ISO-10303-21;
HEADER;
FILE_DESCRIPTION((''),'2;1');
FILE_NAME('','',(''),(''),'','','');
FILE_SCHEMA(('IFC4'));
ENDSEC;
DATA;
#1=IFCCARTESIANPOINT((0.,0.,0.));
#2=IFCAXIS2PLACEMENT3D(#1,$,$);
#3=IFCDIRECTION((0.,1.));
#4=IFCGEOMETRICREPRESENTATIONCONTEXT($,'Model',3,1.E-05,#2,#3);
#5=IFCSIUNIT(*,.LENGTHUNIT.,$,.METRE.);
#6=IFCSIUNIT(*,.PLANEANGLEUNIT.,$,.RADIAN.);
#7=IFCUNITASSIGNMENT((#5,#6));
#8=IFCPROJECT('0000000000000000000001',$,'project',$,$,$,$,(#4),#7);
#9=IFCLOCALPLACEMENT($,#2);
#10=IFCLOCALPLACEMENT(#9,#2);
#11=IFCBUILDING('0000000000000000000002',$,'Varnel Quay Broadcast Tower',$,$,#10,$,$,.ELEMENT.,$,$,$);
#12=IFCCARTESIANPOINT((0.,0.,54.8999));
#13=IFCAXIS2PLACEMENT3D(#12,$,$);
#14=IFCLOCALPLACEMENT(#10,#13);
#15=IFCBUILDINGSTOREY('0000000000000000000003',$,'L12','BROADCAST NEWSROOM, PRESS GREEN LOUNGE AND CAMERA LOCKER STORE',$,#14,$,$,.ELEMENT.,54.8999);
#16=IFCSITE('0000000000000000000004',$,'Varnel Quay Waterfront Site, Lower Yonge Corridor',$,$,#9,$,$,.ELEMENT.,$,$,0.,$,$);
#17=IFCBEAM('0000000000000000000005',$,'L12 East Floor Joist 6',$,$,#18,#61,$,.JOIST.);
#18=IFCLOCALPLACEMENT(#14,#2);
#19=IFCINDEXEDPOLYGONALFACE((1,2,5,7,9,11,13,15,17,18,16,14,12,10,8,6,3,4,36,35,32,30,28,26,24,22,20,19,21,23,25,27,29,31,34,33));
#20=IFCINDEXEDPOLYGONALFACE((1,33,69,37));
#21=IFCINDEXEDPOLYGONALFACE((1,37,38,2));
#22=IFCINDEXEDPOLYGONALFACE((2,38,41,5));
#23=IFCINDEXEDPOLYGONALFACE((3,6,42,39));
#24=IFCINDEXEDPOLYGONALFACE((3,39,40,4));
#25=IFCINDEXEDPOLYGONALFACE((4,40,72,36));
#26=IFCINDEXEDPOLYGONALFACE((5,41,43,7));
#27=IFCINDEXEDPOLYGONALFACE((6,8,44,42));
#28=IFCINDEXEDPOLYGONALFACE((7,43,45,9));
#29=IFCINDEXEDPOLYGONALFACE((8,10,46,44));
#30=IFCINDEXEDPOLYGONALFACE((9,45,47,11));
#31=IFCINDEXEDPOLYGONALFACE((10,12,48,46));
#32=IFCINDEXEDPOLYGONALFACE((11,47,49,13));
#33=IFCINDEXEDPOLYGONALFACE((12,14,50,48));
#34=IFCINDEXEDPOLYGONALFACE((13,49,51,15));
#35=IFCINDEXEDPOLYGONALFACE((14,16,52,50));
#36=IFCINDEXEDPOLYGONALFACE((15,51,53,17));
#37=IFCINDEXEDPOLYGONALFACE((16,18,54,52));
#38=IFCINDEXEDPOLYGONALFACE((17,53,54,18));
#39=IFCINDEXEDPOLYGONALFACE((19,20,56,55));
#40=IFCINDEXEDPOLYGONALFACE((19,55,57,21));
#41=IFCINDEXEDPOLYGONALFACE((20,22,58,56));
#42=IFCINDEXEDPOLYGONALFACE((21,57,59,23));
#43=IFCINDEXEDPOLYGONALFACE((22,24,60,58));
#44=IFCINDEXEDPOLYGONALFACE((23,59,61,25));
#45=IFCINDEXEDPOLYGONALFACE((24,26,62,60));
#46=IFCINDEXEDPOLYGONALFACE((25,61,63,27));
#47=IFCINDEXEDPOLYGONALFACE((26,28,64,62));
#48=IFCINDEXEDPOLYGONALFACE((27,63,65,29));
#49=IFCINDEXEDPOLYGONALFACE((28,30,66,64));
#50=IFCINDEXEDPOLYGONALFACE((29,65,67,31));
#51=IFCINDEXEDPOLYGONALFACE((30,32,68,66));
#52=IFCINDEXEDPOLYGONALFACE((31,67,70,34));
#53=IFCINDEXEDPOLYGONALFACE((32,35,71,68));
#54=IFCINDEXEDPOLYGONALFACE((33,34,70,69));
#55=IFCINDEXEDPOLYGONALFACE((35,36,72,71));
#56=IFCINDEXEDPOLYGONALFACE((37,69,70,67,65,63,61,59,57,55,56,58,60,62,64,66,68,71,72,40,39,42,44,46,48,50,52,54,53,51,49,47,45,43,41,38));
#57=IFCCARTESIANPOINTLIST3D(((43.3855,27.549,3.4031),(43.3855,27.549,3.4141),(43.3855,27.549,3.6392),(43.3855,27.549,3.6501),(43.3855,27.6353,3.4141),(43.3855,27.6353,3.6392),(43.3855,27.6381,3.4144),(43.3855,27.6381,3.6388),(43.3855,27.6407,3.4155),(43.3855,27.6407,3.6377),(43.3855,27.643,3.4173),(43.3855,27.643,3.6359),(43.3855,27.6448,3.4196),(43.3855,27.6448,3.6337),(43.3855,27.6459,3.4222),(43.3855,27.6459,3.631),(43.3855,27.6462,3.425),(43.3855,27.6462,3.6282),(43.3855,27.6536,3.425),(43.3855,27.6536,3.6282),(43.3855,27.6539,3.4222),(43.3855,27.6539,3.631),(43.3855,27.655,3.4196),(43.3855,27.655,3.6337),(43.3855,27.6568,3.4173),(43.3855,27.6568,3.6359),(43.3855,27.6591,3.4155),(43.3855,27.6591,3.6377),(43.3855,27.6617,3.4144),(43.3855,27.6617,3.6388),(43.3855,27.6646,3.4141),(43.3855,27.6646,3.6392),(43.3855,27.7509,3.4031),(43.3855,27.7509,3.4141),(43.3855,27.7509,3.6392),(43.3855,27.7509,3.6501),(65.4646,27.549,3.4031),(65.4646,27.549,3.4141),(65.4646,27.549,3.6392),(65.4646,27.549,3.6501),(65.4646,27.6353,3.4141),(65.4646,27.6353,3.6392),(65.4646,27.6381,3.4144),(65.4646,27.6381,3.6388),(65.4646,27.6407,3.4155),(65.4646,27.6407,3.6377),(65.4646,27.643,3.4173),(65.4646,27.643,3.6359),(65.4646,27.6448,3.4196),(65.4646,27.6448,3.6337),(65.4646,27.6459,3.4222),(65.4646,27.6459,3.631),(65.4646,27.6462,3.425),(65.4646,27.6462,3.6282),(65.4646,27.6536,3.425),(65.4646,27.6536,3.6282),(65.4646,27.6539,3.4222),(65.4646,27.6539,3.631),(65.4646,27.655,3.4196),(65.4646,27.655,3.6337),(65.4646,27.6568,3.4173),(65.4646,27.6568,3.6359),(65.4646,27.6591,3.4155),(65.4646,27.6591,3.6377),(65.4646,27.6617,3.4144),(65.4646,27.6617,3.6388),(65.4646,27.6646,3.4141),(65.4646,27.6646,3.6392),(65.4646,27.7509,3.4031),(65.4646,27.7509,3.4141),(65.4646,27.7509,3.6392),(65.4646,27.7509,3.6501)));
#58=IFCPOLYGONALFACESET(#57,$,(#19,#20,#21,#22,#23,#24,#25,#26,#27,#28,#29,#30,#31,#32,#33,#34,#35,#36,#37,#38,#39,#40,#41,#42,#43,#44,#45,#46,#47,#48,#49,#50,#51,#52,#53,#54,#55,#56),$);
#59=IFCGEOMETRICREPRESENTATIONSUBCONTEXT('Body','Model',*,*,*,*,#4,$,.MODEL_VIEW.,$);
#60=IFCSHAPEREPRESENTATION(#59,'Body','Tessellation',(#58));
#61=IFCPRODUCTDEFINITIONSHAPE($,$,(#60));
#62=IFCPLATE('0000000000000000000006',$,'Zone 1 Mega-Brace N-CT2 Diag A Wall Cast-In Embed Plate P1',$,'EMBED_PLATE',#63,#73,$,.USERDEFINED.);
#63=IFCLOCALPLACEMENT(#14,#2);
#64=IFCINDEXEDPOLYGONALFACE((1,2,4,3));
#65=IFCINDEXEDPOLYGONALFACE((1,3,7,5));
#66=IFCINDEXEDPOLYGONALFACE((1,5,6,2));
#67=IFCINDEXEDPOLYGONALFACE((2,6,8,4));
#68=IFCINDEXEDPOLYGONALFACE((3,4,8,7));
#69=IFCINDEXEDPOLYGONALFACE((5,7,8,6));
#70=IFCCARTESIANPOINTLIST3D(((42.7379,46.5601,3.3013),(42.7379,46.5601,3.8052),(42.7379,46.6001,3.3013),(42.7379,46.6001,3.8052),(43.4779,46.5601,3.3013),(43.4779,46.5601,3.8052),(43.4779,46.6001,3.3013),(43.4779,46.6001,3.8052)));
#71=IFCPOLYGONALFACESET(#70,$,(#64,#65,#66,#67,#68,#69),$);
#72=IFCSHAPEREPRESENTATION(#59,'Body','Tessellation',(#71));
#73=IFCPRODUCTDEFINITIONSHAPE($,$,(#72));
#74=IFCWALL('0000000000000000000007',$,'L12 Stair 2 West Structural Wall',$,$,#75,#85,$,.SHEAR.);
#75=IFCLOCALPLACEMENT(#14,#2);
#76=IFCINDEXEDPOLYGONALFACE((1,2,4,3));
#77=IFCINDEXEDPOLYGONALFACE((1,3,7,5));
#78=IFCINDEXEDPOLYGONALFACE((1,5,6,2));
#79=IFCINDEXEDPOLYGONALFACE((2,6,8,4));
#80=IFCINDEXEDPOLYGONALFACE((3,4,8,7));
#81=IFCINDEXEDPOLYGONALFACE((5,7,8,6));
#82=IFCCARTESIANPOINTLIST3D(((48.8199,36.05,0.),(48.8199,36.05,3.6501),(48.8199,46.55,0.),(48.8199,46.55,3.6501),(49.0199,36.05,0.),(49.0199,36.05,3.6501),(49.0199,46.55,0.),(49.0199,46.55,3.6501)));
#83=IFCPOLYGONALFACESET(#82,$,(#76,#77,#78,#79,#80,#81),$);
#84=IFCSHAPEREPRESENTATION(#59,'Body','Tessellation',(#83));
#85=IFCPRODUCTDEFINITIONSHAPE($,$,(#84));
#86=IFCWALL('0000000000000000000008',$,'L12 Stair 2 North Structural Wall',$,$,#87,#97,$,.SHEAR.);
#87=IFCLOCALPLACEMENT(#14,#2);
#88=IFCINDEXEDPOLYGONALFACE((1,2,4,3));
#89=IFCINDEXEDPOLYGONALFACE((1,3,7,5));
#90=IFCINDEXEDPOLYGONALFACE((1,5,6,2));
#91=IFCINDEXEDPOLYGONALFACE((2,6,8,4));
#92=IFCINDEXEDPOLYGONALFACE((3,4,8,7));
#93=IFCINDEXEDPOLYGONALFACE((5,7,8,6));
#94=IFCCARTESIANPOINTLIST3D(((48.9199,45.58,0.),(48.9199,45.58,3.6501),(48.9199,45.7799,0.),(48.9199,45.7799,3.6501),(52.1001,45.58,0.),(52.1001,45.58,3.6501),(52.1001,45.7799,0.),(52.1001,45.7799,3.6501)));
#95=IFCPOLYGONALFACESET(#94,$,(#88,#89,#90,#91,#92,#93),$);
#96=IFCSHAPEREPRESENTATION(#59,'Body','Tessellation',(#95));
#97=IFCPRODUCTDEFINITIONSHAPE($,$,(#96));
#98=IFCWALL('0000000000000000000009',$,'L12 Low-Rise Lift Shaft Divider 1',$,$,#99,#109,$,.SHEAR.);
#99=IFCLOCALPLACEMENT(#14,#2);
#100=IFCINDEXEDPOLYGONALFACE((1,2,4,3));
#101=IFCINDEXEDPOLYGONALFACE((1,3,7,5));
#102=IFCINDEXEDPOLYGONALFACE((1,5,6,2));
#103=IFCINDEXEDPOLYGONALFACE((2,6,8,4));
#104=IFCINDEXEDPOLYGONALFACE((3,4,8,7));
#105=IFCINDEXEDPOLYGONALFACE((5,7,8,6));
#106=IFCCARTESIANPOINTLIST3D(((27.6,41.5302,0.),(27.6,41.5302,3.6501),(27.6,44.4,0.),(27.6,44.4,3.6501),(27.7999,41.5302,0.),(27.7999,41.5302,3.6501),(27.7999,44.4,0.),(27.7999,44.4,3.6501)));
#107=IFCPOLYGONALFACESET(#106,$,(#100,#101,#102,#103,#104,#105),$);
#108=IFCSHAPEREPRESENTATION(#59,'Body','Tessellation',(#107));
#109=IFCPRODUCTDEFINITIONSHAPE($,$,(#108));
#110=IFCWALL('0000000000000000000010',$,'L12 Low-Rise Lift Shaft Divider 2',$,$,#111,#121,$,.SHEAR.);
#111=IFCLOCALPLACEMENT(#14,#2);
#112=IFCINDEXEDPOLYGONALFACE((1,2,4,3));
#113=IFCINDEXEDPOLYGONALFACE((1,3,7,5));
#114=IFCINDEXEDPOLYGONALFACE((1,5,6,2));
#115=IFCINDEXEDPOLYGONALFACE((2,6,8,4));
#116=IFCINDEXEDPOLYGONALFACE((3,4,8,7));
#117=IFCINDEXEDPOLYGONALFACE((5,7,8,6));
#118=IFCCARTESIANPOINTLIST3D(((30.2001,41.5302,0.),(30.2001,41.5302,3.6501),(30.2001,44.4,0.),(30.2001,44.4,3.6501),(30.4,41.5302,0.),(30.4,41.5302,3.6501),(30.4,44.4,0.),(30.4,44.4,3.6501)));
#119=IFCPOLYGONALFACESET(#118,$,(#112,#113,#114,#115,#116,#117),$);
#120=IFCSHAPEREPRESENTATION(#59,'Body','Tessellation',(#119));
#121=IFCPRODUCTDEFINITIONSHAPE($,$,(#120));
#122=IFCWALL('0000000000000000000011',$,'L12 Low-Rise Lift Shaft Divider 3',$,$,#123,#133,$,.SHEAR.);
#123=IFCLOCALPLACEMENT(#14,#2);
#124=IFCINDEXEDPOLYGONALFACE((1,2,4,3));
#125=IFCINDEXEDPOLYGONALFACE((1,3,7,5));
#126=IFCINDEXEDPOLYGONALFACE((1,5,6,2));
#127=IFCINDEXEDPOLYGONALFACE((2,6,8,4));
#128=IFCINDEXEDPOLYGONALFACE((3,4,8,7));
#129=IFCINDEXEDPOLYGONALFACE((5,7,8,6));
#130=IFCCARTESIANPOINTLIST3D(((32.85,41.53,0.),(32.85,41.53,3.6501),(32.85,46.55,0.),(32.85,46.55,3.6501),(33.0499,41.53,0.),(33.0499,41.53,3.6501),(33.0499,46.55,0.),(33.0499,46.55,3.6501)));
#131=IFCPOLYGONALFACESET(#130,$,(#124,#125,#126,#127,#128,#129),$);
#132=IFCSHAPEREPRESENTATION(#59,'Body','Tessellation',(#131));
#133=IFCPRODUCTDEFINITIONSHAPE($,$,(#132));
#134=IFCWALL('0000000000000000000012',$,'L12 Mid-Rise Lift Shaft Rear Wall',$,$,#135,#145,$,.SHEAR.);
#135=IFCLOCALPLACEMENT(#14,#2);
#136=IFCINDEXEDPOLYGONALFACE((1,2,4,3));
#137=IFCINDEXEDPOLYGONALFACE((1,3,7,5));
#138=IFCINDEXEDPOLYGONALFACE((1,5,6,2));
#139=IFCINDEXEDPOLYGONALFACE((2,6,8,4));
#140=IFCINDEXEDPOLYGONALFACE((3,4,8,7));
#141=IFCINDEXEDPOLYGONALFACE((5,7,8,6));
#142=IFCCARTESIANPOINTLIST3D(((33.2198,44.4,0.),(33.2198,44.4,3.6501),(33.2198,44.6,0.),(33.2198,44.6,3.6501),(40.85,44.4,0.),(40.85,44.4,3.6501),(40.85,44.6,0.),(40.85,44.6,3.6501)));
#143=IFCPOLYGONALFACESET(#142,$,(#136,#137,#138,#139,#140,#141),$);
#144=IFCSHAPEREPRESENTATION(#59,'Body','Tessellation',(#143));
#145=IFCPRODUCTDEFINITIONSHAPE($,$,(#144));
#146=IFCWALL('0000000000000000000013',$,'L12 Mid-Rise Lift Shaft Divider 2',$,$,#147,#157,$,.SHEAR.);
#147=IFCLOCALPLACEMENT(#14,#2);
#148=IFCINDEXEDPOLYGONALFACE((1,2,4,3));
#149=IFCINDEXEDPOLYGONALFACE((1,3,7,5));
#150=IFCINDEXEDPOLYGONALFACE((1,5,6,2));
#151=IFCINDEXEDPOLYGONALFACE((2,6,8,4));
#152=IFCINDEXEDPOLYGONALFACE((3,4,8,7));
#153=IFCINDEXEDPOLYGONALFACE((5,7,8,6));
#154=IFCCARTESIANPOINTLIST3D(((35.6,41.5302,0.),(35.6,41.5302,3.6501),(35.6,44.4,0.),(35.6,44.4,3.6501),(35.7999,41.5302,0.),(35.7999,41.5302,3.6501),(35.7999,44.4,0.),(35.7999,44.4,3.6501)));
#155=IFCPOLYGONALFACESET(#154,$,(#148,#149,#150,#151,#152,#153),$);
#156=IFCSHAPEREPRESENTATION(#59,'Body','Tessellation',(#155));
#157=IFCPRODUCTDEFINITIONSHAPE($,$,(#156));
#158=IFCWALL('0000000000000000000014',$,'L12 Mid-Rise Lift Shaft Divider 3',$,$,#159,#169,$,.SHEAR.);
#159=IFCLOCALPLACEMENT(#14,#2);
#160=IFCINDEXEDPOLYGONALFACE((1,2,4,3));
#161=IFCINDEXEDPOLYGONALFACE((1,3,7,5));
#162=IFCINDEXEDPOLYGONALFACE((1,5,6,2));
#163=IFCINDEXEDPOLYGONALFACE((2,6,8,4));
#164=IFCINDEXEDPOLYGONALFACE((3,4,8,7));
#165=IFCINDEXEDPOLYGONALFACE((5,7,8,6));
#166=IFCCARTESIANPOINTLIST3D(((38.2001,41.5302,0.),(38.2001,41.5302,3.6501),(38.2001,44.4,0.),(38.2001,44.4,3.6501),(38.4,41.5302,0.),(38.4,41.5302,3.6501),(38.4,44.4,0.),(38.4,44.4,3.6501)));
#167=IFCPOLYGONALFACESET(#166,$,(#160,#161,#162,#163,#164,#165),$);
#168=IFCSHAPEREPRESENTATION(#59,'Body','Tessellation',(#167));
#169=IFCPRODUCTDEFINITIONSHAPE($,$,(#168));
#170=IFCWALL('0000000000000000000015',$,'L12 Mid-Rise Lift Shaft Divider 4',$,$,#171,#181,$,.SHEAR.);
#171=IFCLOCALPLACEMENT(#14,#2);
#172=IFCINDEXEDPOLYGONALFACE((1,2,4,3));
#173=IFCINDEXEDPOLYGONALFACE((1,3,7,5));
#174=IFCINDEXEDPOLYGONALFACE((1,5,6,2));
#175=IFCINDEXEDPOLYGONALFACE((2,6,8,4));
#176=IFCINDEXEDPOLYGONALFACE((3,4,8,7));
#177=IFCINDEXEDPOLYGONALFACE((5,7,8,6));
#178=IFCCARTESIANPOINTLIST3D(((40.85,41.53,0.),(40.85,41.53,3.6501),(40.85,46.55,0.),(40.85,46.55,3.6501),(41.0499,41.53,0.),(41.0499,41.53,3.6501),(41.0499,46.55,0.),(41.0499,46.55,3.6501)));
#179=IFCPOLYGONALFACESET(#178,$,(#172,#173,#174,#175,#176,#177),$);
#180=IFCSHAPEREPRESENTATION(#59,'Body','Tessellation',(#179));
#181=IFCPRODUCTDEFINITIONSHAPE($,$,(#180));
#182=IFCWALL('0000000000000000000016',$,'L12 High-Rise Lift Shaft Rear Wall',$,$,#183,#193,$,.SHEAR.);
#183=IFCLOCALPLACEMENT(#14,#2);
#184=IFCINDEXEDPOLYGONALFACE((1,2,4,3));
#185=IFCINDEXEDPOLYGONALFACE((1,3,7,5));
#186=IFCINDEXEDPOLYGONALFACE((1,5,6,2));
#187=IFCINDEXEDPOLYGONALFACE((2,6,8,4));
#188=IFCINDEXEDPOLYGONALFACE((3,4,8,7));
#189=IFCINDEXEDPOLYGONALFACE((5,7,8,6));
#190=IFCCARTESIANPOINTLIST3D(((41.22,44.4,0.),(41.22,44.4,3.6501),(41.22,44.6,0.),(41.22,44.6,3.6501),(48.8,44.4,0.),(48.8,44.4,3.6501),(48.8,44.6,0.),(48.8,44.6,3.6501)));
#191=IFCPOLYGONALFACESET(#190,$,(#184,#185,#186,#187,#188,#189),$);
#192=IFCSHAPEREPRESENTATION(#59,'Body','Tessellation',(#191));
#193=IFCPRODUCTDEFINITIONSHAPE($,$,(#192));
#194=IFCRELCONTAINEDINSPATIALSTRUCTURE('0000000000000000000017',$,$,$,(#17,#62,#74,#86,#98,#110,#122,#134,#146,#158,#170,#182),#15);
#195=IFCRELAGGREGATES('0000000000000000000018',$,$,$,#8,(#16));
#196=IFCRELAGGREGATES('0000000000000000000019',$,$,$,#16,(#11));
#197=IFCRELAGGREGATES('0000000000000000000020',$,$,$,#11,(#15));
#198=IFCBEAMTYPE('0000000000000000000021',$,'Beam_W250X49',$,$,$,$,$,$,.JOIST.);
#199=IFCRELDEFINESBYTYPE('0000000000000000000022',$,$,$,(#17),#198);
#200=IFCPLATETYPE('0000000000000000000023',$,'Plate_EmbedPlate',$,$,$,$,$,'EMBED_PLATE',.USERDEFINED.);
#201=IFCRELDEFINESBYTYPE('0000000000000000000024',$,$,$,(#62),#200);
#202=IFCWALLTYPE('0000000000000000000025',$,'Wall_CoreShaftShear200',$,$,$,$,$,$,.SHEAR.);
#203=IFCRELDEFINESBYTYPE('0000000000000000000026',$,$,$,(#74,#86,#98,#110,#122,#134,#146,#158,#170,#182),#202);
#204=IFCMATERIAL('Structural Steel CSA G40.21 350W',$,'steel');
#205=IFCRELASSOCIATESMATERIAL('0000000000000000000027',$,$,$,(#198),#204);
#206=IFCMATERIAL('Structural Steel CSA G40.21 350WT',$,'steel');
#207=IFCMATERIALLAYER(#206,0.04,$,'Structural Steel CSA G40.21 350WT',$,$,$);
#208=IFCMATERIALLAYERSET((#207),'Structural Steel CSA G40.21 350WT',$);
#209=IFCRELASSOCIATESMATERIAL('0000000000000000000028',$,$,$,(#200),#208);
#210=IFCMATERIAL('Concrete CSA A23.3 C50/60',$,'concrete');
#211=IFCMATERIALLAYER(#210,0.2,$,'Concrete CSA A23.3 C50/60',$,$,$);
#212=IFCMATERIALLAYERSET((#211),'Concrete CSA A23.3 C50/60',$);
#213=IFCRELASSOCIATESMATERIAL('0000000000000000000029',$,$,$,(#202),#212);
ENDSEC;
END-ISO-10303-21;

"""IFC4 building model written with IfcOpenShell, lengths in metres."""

from ifc_helpers import new_model, si_unit, direction, frame, frame_2d, origin, origin_2d, place, context, subcontext, project, spatial, rectangle, i_section, extrude, source, transform, mapped, material, layer, layer_set, material_profile, profile_set, type_object, type_shapes, element, save


model = new_model("IFC4")

# Units and contexts
model_context = context("Model", 3, precision=1e-05, world=origin(), true_north=direction((0.0, 1.0)))
body_context = subcontext(model_context, "Body", "Model", "MODEL_VIEW")
ifc_project = project(units=[si_unit("LENGTHUNIT", "METRE"), si_unit("PLANEANGLEUNIT", "RADIAN")], contexts=[model_context])

# Site, building, storey
site_placement = place(None, origin())
site = spatial("IfcSite", under=ifc_project, at=site_placement, Name="Varnel Quay Waterfront Site, Lower Yonge Corridor", CompositionType="ELEMENT", RefElevation=0.0)
building_placement = place(site_placement, origin())
building = spatial("IfcBuilding", under=site, at=building_placement, Name="Varnel Quay Broadcast Tower", CompositionType="ELEMENT")
storey_placement = place(building_placement, frame((0.0, 0.0, 54.8999)))
storey = spatial("IfcBuildingStorey", under=building, at=storey_placement, Name="L12", Description="BROADCAST NEWSROOM, PRESS GREEN LOUNGE AND CAMERA LOCKER STORE", CompositionType="ELEMENT", Elevation=54.8999)

# Shared definitions
ifc_material_1 = material(Name="Structural Steel CSA G40.21 350WT", Category="steel")

# Beam
ifc_material_2 = material(Name="Structural Steel CSA G40.21 350W", Category="steel")
ifc_material_profile_1 = material_profile(ifc_material_2, i_section(OverallWidth=0.2019, OverallDepth=0.2471, WebThickness=0.0073, FlangeThickness=0.011, FilletRadius=0.011, at=origin_2d()), Name="W250X49")
ifc_profile_set_1 = profile_set([ifc_material_profile_1], Name="Structural Steel CSA G40.21 350W")
beam_type_1 = type_object("IfcBeamType", Name="Beam_W250X49", PredefinedType="JOIST", material=ifc_profile_set_1)
shared_shape_1 = source(origin(), body_context, "Body", "SweptSolid", [
    extrude(i_section(OverallWidth=0.2019, OverallDepth=0.2471, WebThickness=0.0073, FlangeThickness=0.011, FilletRadius=0.011, at=origin_2d()), origin(), (0.0, 0.0, 1.0), 22.0791),
])
type_shapes(beam_type_1, [shared_shape_1])
beam_1_placement = place(storey_placement, frame((43.3855, 27.6499, 3.5266), z_axis=(1.0, 0.0, 0.0), x_axis=(0.0, 1.0, 0.0)))
element("IfcBeam", 1, at=beam_1_placement, inside=storey, type_object=beam_type_1, Name="L12 East Floor Joist 6", PredefinedType="JOIST", context=body_context, shape_type="MappedRepresentation", body=[
    mapped(shared_shape_1, transform((0.0, 0.0, 0.0), x_axis=(1.0, 0.0, 0.0), y_axis=(0.0, 1.0, 0.0), z_axis=(0.0, 0.0, 1.0), scale=1.0)),
])

# Plate
ifc_layer_1 = layer(ifc_material_1, 0.04, Name="Structural Steel CSA G40.21 350WT")
ifc_layer_set_1 = layer_set([ifc_layer_1], Name="Structural Steel CSA G40.21 350WT")
plate_type = type_object("IfcPlateType", Name="Plate_EmbedPlate", ElementType="EMBED_PLATE", PredefinedType="USERDEFINED", material=ifc_layer_set_1)
shared_shape_2 = source(origin(), body_context, "Body", "SweptSolid", [
    extrude(rectangle(XDim=0.74, YDim=0.04, at=origin_2d()), origin(), (0.0, 0.0, 1.0), 0.5039),
])
type_shapes(plate_type, [shared_shape_2])
plate_placement = place(storey_placement, frame((43.1079, 46.5801, 3.3013), z_axis=(0.0, 0.0, 1.0), x_axis=(1.0, 0.0, 0.0)))
element("IfcPlate", 2, at=plate_placement, inside=storey, type_object=plate_type, Name="Zone 1 Mega-Brace N-CT2 Diag A Wall Cast-In Embed Plate P1", ObjectType="EMBED_PLATE", PredefinedType="USERDEFINED", context=body_context, shape_type="MappedRepresentation", body=[
    mapped(shared_shape_2, transform((0.0, 0.0, 0.0), x_axis=(1.0, 0.0, 0.0), y_axis=(0.0, 1.0, 0.0), z_axis=(0.0, 0.0, 1.0), scale=1.0)),
])

# Walls
ifc_material_3 = material(Name="Concrete CSA A23.3 C50/60", Category="concrete")
ifc_layer_2 = layer(ifc_material_3, 0.2, Name="Concrete CSA A23.3 C50/60")
ifc_layer_set_2 = layer_set([ifc_layer_2], Name="Concrete CSA A23.3 C50/60")
wall_type_1 = type_object("IfcWallType", Name="Wall_CoreShaftShear200", PredefinedType="SHEAR", material=ifc_layer_set_2)
wall_1_placement = place(storey_placement, frame((48.9199, 36.05, 0.0), z_axis=(0.0, 0.0, 1.0), x_axis=(0.0, 1.0, 0.0)))
element("IfcWall", 3, at=wall_1_placement, inside=storey, type_object=wall_type_1, Name="L12 Stair 2 West Structural Wall", PredefinedType="SHEAR", context=body_context, shape_type="SweptSolid", body=[
    extrude(rectangle(XDim=10.5, YDim=0.2, at=frame_2d((5.25, 0.0))), origin(), (0.0, 0.0, 1.0), 3.6501),
])
wall_2_placement = place(storey_placement, frame((48.9199, 45.6799, 0.0), z_axis=(0.0, 0.0, 1.0), x_axis=(1.0, 0.0, 0.0)))
element("IfcWall", 4, at=wall_2_placement, inside=storey, type_object=wall_type_1, Name="L12 Stair 2 North Structural Wall", PredefinedType="SHEAR", context=body_context, shape_type="SweptSolid", body=[
    extrude(rectangle(XDim=3.1802, YDim=0.2, at=frame_2d((1.5901, 0.0))), origin(), (0.0, 0.0, 1.0), 3.6501),
])
for number, where, z_axis, x_axis, name in (
    (5, (27.7, 41.53, 0.0), (0.0, 0.0, 1.0), (0.0, 1.0, 0.0), "L12 Low-Rise Lift Shaft Divider 1"),
    (6, (30.3, 41.53, 0.0), (0.0, 0.0, 1.0), (0.0, 1.0, 0.0), "L12 Low-Rise Lift Shaft Divider 2"),
):
    element("IfcWall", number, at=place(storey_placement, frame(where, z_axis=z_axis, x_axis=x_axis)), inside=storey, type_object=wall_type_1, Name=name, PredefinedType="SHEAR", context=body_context, shape_type="SweptSolid", body=[
        extrude(rectangle(XDim=2.8699, YDim=0.2, at=frame_2d((1.4351, 0.0))), origin(), (0.0, 0.0, 1.0), 3.6501),
    ])
wall_3_placement = place(storey_placement, frame((32.95, 41.53, 0.0), z_axis=(0.0, 0.0, 1.0), x_axis=(0.0, 1.0, 0.0)))
element("IfcWall", 7, at=wall_3_placement, inside=storey, type_object=wall_type_1, Name="L12 Low-Rise Lift Shaft Divider 3", PredefinedType="SHEAR", context=body_context, shape_type="SweptSolid", body=[
    extrude(rectangle(XDim=5.02, YDim=0.2, at=frame_2d((2.51, 0.0))), origin(), (0.0, 0.0, 1.0), 3.6501),
])
wall_4_placement = place(storey_placement, frame((33.22, 44.5, 0.0), z_axis=(0.0, 0.0, 1.0), x_axis=(1.0, 0.0, 0.0)))
element("IfcWall", 8, at=wall_4_placement, inside=storey, type_object=wall_type_1, Name="L12 Mid-Rise Lift Shaft Rear Wall", PredefinedType="SHEAR", context=body_context, shape_type="SweptSolid", body=[
    extrude(rectangle(XDim=7.6301, YDim=0.2, at=frame_2d((3.8149, 0.0))), origin(), (0.0, 0.0, 1.0), 3.6501),
])
for number, where, z_axis, x_axis, name in (
    (9, (35.7, 41.53, 0.0), (0.0, 0.0, 1.0), (0.0, 1.0, 0.0), "L12 Mid-Rise Lift Shaft Divider 2"),
    (10, (38.3, 41.53, 0.0), (0.0, 0.0, 1.0), (0.0, 1.0, 0.0), "L12 Mid-Rise Lift Shaft Divider 3"),
):
    element("IfcWall", number, at=place(storey_placement, frame(where, z_axis=z_axis, x_axis=x_axis)), inside=storey, type_object=wall_type_1, Name=name, PredefinedType="SHEAR", context=body_context, shape_type="SweptSolid", body=[
        extrude(rectangle(XDim=2.8699, YDim=0.2, at=frame_2d((1.4351, 0.0))), origin(), (0.0, 0.0, 1.0), 3.6501),
    ])
wall_5_placement = place(storey_placement, frame((40.95, 41.53, 0.0), z_axis=(0.0, 0.0, 1.0), x_axis=(0.0, 1.0, 0.0)))
element("IfcWall", 11, at=wall_5_placement, inside=storey, type_object=wall_type_1, Name="L12 Mid-Rise Lift Shaft Divider 4", PredefinedType="SHEAR", context=body_context, shape_type="SweptSolid", body=[
    extrude(rectangle(XDim=5.02, YDim=0.2, at=frame_2d((2.51, 0.0))), origin(), (0.0, 0.0, 1.0), 3.6501),
])
wall_6_placement = place(storey_placement, frame((41.22, 44.5, 0.0), z_axis=(0.0, 0.0, 1.0), x_axis=(1.0, 0.0, 0.0)))
element("IfcWall", 12, at=wall_6_placement, inside=storey, type_object=wall_type_1, Name="L12 High-Rise Lift Shaft Rear Wall", PredefinedType="SHEAR", context=body_context, shape_type="SweptSolid", body=[
    extrude(rectangle(XDim=7.5801, YDim=0.2, at=frame_2d((3.79, 0.0))), origin(), (0.0, 0.0, 1.0), 3.6501),
])

save(model, "model.ifc")
